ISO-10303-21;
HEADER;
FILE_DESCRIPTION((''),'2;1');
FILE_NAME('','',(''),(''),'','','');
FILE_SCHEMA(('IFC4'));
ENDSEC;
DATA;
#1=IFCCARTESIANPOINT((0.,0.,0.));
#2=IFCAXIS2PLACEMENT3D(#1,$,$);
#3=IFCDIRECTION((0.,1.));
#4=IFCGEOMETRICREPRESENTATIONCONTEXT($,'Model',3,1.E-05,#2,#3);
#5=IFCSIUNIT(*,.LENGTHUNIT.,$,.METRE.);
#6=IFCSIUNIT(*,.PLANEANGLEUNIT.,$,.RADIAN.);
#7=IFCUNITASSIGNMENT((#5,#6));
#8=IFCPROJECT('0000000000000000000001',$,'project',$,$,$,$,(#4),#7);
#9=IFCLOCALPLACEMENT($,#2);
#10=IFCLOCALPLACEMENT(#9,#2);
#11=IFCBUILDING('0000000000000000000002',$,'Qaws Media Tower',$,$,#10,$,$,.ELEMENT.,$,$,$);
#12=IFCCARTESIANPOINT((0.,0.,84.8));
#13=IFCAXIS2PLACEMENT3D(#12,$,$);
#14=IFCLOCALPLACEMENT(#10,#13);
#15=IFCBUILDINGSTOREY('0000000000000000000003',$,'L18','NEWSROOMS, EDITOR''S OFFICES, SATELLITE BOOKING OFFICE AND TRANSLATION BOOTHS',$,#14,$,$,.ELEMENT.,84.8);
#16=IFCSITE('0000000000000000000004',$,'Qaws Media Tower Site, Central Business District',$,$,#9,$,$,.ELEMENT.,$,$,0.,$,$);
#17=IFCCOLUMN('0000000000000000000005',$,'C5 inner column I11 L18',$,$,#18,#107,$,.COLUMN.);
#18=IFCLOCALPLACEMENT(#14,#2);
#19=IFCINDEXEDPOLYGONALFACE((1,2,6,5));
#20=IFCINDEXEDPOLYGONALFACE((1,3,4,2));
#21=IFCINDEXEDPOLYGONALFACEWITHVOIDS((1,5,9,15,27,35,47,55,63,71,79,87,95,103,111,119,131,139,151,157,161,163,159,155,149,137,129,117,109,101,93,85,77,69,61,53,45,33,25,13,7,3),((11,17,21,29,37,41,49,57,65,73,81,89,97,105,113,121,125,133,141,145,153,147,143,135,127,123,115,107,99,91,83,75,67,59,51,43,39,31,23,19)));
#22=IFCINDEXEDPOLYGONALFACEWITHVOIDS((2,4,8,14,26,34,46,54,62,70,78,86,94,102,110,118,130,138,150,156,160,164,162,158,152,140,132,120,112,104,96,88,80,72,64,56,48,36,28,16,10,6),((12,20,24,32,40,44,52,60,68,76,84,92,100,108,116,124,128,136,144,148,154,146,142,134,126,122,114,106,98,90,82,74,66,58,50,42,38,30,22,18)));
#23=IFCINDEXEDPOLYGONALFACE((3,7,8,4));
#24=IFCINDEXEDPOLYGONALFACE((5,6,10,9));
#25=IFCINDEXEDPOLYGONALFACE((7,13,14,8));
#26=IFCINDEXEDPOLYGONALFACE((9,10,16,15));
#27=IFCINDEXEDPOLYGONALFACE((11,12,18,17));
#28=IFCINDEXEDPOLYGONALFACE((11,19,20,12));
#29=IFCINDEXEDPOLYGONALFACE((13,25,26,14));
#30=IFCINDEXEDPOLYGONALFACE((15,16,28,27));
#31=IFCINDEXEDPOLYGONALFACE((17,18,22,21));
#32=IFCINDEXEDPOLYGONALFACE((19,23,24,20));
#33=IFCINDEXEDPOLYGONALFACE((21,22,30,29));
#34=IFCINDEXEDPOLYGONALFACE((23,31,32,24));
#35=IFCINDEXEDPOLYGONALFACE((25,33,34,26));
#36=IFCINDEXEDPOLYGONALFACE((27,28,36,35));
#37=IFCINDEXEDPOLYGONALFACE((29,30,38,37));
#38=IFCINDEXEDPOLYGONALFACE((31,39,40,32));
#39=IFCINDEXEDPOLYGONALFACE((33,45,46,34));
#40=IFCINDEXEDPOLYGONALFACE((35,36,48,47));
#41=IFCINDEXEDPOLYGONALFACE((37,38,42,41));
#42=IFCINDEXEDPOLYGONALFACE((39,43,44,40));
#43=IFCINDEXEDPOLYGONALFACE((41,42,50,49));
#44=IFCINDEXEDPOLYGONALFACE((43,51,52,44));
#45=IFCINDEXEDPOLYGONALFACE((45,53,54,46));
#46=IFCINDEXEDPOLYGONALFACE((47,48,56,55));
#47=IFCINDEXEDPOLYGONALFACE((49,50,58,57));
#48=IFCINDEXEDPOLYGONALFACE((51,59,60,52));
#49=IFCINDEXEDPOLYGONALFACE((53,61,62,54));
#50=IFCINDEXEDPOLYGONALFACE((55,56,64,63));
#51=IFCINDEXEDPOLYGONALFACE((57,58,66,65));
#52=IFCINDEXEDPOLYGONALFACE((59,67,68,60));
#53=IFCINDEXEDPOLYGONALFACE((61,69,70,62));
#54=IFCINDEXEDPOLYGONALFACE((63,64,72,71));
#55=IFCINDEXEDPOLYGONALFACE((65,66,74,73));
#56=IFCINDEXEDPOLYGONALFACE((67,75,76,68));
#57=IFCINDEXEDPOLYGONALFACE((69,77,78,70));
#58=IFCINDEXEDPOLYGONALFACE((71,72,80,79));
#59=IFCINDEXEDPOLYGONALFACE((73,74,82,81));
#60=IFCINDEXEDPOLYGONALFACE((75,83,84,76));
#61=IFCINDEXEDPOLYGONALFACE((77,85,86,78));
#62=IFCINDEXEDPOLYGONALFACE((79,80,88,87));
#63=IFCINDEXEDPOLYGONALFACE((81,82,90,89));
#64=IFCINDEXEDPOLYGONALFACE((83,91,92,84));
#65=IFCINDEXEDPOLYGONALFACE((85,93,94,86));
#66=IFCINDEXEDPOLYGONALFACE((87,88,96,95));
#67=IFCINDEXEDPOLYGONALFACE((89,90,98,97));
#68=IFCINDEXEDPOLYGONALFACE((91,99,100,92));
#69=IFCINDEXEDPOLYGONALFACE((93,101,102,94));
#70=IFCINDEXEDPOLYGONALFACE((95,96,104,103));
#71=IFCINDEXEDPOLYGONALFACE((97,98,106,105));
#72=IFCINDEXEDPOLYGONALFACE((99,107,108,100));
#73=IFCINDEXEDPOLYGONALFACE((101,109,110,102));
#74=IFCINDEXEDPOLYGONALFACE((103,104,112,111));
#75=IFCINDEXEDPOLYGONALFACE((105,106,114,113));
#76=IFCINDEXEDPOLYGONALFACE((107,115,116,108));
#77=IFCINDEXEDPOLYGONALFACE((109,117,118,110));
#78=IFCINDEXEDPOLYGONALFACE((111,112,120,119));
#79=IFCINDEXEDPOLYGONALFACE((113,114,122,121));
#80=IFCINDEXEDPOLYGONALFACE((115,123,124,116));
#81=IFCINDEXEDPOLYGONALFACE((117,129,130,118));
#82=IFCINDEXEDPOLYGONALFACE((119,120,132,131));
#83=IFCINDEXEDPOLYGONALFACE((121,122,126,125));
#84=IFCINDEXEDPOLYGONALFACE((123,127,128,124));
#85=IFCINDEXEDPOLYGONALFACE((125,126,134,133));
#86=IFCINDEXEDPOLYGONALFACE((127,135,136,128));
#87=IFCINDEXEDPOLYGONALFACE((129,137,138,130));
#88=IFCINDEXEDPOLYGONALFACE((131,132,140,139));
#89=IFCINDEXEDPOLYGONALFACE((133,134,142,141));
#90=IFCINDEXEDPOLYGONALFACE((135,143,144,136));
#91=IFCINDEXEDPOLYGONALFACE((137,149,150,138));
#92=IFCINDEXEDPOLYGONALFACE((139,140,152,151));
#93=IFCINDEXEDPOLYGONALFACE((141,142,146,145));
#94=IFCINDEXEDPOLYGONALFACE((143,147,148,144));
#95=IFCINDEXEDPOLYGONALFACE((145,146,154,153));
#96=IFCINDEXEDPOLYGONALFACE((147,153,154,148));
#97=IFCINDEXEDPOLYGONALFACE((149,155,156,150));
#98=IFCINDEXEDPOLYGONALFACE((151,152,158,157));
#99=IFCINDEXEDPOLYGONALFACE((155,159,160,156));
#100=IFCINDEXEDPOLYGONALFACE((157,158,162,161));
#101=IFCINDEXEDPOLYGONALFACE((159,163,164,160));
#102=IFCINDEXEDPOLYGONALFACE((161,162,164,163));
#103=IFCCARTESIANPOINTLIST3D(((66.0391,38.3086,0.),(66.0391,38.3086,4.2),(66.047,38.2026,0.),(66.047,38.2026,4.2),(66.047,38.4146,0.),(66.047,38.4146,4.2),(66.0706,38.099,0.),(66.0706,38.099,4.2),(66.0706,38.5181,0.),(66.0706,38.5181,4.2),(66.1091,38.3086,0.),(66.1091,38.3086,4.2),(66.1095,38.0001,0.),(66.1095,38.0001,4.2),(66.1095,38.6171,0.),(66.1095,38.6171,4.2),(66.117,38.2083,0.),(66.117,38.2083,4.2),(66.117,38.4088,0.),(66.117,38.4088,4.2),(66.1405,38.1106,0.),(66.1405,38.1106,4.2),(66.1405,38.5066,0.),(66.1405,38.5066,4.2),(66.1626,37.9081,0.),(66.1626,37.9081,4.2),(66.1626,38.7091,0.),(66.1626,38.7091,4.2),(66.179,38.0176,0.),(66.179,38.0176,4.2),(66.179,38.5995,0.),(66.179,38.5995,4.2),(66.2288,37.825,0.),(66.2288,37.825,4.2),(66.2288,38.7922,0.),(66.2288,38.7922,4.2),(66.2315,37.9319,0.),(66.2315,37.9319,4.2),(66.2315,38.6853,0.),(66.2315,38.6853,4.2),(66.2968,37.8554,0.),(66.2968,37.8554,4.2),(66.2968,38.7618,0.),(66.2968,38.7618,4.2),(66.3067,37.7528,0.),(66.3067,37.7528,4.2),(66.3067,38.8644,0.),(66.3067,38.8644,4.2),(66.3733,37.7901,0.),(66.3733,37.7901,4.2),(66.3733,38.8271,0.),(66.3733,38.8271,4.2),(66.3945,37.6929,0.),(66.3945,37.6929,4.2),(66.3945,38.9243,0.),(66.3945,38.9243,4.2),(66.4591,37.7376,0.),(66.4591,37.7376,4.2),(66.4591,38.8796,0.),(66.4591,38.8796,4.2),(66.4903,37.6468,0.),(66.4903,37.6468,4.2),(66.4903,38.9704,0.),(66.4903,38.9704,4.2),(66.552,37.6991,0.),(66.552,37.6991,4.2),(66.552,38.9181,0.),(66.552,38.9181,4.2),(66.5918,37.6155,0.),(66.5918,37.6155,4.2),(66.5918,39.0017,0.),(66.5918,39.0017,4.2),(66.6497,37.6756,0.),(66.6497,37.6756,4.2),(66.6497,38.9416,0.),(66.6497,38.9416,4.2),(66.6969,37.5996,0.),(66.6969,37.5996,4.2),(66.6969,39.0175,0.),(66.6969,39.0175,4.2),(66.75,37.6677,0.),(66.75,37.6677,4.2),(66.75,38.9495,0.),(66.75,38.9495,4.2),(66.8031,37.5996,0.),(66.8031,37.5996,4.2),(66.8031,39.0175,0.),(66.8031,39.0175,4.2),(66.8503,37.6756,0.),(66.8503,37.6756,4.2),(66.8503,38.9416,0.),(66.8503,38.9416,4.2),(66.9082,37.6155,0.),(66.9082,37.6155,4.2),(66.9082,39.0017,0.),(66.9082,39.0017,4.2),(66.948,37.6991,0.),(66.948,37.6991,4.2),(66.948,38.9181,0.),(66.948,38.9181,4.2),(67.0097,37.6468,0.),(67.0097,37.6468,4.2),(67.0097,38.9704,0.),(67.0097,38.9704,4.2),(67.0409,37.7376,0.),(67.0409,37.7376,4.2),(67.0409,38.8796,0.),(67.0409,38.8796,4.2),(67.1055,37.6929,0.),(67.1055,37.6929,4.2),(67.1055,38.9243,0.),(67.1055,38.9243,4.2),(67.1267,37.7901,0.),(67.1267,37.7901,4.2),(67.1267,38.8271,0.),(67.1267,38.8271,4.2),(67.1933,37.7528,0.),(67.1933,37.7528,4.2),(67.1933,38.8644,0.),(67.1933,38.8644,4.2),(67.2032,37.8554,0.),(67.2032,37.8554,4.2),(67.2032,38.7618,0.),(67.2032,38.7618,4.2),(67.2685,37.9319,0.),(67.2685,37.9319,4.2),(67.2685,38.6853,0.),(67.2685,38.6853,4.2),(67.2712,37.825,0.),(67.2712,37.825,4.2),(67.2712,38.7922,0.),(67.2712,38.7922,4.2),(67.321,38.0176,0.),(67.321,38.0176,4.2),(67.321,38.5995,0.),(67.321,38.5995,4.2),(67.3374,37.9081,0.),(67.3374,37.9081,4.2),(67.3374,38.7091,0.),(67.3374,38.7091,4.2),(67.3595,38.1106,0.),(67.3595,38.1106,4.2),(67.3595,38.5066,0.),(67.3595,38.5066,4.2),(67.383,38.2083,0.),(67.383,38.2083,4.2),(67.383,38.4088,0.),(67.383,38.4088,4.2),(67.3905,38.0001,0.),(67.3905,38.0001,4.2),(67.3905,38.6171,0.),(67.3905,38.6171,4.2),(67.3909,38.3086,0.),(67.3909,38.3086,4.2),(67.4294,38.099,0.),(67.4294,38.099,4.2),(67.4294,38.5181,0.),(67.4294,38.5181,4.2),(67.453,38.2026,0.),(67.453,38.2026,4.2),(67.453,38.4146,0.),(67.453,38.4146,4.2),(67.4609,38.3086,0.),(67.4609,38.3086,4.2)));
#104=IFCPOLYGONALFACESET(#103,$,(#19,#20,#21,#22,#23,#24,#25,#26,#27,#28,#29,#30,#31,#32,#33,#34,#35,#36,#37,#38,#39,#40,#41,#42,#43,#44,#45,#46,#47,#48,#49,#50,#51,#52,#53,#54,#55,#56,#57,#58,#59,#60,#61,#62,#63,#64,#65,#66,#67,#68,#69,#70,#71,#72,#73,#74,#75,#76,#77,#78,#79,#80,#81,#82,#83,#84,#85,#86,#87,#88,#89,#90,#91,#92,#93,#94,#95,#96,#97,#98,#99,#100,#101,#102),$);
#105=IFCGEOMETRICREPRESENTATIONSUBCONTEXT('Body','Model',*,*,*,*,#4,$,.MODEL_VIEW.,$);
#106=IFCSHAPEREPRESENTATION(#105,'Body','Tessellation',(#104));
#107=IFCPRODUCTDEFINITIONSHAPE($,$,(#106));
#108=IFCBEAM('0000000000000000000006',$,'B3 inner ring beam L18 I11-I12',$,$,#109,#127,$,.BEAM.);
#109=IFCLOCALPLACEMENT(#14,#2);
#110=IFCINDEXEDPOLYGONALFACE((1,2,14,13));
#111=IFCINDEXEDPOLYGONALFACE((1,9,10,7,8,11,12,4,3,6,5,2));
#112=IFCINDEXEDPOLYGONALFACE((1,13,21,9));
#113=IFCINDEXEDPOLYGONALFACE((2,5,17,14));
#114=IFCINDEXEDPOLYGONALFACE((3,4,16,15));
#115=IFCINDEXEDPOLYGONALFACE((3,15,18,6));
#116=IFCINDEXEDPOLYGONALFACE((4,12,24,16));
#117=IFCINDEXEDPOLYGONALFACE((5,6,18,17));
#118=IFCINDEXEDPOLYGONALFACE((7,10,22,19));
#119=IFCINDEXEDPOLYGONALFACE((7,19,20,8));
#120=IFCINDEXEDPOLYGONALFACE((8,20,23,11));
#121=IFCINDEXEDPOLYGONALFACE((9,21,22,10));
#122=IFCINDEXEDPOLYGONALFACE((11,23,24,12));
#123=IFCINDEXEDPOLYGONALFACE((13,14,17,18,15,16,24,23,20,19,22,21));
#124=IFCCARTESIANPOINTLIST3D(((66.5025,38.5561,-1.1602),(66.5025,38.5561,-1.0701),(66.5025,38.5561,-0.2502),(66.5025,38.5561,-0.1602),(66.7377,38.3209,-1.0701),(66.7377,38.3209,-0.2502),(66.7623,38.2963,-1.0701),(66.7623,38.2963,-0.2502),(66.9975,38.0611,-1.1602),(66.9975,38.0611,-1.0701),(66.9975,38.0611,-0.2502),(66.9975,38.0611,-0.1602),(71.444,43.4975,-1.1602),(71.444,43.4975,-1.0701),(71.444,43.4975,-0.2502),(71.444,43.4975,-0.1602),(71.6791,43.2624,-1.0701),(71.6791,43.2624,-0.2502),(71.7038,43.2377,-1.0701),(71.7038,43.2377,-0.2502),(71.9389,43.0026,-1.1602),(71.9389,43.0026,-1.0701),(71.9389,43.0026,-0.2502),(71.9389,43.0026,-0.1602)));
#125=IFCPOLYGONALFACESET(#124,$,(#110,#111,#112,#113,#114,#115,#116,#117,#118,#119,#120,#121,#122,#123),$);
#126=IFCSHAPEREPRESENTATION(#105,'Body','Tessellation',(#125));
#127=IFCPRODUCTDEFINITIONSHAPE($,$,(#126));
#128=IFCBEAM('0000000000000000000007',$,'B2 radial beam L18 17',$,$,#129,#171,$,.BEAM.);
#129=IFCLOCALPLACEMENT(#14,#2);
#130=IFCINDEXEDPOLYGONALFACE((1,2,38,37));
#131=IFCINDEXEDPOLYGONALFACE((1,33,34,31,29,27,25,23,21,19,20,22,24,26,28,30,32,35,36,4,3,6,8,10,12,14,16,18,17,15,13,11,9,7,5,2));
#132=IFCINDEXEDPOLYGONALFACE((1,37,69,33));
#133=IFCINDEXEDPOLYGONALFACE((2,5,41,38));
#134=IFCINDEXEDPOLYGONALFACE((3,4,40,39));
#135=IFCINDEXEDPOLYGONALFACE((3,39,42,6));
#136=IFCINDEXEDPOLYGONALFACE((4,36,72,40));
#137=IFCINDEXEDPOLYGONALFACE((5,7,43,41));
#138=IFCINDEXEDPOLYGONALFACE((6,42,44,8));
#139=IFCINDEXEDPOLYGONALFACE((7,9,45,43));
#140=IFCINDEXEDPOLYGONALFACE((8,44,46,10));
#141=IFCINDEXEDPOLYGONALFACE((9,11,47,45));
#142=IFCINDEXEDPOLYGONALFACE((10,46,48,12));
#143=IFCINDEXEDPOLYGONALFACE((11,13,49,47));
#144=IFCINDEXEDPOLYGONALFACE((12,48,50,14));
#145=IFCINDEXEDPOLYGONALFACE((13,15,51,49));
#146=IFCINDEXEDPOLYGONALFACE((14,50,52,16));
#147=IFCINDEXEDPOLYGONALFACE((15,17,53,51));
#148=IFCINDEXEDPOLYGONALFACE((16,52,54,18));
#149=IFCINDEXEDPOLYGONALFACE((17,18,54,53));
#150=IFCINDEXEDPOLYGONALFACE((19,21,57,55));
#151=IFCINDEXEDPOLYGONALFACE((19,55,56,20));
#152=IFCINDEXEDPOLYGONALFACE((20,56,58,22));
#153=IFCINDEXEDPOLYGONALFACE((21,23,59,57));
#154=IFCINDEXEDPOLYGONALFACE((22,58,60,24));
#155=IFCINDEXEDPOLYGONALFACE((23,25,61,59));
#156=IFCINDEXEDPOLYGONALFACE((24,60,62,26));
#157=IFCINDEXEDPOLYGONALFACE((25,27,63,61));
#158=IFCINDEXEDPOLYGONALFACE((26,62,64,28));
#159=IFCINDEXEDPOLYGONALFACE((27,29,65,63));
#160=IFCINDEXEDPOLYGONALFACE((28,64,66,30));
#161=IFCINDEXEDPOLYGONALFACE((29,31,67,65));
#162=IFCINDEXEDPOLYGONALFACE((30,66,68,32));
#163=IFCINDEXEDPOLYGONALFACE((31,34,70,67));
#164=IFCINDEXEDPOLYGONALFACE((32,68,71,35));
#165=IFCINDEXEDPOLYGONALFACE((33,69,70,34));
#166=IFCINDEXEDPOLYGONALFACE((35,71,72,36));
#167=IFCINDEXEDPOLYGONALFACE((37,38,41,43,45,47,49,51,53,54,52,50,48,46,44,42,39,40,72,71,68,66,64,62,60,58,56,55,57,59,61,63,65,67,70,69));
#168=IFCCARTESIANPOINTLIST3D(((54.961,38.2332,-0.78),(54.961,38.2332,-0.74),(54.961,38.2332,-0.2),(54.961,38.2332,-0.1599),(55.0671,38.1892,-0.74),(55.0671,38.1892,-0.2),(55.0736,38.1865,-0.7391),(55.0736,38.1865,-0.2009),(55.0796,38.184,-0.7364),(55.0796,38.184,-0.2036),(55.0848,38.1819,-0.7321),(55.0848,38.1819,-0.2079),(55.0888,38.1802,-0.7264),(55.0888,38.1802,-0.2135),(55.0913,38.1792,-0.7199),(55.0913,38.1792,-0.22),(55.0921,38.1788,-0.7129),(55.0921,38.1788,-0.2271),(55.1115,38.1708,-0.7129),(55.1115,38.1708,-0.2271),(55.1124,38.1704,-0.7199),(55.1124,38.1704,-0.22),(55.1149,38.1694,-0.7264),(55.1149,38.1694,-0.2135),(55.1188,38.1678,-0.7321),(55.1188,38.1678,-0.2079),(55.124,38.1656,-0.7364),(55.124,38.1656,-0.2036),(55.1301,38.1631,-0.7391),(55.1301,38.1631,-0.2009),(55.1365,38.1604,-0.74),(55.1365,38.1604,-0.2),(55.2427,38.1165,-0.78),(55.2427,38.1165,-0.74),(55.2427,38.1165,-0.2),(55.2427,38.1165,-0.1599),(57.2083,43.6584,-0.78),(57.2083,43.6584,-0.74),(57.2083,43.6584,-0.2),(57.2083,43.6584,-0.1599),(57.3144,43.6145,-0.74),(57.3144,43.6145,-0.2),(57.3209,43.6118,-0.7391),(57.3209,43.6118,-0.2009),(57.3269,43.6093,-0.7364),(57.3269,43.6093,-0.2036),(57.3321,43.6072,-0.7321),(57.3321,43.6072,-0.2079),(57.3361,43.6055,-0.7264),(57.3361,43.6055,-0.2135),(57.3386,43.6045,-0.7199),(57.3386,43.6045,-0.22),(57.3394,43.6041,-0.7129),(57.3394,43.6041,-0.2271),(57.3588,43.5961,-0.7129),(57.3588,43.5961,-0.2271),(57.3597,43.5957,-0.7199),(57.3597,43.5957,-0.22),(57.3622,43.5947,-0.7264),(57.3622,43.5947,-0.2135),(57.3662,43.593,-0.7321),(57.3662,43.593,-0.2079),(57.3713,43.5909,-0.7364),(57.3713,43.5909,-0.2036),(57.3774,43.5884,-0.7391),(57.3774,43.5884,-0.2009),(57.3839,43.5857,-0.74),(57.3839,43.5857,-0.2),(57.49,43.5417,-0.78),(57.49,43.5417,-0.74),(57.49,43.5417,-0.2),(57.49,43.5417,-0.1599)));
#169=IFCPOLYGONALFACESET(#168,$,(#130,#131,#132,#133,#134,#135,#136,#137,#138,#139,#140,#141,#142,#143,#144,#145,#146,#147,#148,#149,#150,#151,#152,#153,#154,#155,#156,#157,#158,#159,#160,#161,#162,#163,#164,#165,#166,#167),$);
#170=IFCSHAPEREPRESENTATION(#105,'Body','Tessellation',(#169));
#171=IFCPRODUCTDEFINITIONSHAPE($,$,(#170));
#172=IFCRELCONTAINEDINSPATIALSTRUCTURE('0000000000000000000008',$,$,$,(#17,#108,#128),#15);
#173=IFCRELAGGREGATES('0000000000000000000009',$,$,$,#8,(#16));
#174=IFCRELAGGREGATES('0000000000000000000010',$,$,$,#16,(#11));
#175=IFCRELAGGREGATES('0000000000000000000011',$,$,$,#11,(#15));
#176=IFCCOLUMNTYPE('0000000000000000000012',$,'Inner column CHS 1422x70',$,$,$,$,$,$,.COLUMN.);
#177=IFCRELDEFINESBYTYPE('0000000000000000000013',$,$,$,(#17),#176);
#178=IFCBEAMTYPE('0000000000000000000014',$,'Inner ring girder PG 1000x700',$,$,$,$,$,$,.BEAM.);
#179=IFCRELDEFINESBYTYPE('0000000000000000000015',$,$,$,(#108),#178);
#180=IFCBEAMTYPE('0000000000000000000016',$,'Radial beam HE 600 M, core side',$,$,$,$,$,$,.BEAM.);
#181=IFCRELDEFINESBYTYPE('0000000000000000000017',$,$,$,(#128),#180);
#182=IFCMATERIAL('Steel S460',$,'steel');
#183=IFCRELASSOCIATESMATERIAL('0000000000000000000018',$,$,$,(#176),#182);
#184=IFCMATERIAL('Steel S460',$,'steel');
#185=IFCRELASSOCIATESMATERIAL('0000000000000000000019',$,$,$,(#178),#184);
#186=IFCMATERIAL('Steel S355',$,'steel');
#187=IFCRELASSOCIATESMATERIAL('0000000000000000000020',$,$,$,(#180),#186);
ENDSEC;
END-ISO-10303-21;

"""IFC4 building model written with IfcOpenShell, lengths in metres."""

from ifc_helpers import new_model, si_unit, direction, frame, origin, origin_2d, place, context, subcontext, project, spatial, hollow_circle, i_section, extrude, material, material_profile, profile_set, type_object, element, save


model = new_model("IFC4")

# Units and contexts
model_context = context("Model", 3, precision=1e-05, world=origin(), true_north=direction((0.0, 1.0)))
body_context = subcontext(model_context, "Body", "Model", "MODEL_VIEW")
ifc_project = project(units=[si_unit("LENGTHUNIT", "METRE"), si_unit("PLANEANGLEUNIT", "RADIAN")], contexts=[model_context])

# Site, building, storey
site_placement = place(None, origin())
site = spatial("IfcSite", under=ifc_project, at=site_placement, Name="Qaws Media Tower Site, Central Business District", CompositionType="ELEMENT", RefElevation=0.0)
building_placement = place(site_placement, origin())
building = spatial("IfcBuilding", under=site, at=building_placement, Name="Qaws Media Tower", CompositionType="ELEMENT")
storey_placement = place(building_placement, frame((0.0, 0.0, 84.8)))
storey = spatial("IfcBuildingStorey", under=building, at=storey_placement, Name="L18", Description="NEWSROOMS, EDITOR'S OFFICES, SATELLITE BOOKING OFFICE AND TRANSLATION BOOTHS", CompositionType="ELEMENT", Elevation=84.8)

# Column
ifc_material_1 = material(Name="Steel S460", Category="steel")
ifc_material_profile_1 = material_profile(ifc_material_1, hollow_circle(Radius=0.7109, WallThickness=0.0701, at=origin_2d()), Name="CHS 1422x70")
ifc_profile_set_1 = profile_set([ifc_material_profile_1], Name="Steel S460")
column_type = type_object("IfcColumnType", Name="Inner column CHS 1422x70", PredefinedType="COLUMN", material=ifc_profile_set_1)
column_placement = place(storey_placement, frame((66.75, 38.3086, 0.0), z_axis=(0.0, 0.0, 1.0), x_axis=(1.0, 0.0, 0.0)))
element("IfcColumn", 1, at=column_placement, inside=storey, type_object=column_type, Name="C5 inner column I11 L18", PredefinedType="COLUMN", context=body_context, shape_type="SweptSolid", body=[
    extrude(hollow_circle(Radius=0.7109, WallThickness=0.0701, at=origin_2d()), origin(), (0.0, 0.0, 1.0), 4.2),
])

# Beams
ifc_material_2 = material(Name="Steel S460", Category="steel")
ifc_material_profile_2 = material_profile(ifc_material_2, i_section(OverallWidth=0.7, OverallDepth=1.0, WebThickness=0.0349, FlangeThickness=0.0901, at=origin_2d()), Name="PG 1000x700")
ifc_profile_set_2 = profile_set([ifc_material_profile_2], Name="Steel S460")
beam_type_1 = type_object("IfcBeamType", Name="Inner ring girder PG 1000x700", PredefinedType="BEAM", material=ifc_profile_set_2)
beam_1_placement = place(storey_placement, frame((66.75, 38.3086, -0.6602), z_axis=(0.707107, 0.707107, 0.0), x_axis=(-0.707107, 0.707107, 0.0)))
element("IfcBeam", 2, at=beam_1_placement, inside=storey, type_object=beam_type_1, Name="B3 inner ring beam L18 I11-I12", PredefinedType="BEAM", context=body_context, shape_type="SweptSolid", body=[
    extrude(i_section(OverallWidth=0.7, OverallDepth=1.0, WebThickness=0.0349, FlangeThickness=0.0901, at=origin_2d()), origin(), (0.0, 0.0, 1.0), 6.9883),
])
ifc_material_3 = material(Name="Steel S355", Category="steel")
ifc_material_profile_3 = material_profile(ifc_material_3, i_section(OverallWidth=0.3049, OverallDepth=0.6201, WebThickness=0.021, FlangeThickness=0.04, FilletRadius=0.0271, at=origin_2d()), Name="HE 600 M")
ifc_profile_set_3 = profile_set([ifc_material_profile_3], Name="Steel S355")
beam_type_2 = type_object("IfcBeamType", Name="Radial beam HE 600 M, core side", PredefinedType="BEAM", material=ifc_profile_set_3)
beam_2_placement = place(storey_placement, frame((57.3491, 43.6001, -0.47), z_axis=(-0.382696, -0.923874, 0.0), x_axis=(0.923874, -0.382696, 0.0)))
element("IfcBeam", 3, at=beam_2_placement, inside=storey, type_object=beam_type_2, Name="B2 radial beam L18 17", PredefinedType="BEAM", context=body_context, shape_type="SweptSolid", body=[
    extrude(i_section(OverallWidth=0.3049, OverallDepth=0.6201, WebThickness=0.021, FlangeThickness=0.04, FilletRadius=0.0271, at=origin_2d()), origin(), (0.0, 0.0, 1.0), 5.8723),
])

save(model, "model.ifc")
